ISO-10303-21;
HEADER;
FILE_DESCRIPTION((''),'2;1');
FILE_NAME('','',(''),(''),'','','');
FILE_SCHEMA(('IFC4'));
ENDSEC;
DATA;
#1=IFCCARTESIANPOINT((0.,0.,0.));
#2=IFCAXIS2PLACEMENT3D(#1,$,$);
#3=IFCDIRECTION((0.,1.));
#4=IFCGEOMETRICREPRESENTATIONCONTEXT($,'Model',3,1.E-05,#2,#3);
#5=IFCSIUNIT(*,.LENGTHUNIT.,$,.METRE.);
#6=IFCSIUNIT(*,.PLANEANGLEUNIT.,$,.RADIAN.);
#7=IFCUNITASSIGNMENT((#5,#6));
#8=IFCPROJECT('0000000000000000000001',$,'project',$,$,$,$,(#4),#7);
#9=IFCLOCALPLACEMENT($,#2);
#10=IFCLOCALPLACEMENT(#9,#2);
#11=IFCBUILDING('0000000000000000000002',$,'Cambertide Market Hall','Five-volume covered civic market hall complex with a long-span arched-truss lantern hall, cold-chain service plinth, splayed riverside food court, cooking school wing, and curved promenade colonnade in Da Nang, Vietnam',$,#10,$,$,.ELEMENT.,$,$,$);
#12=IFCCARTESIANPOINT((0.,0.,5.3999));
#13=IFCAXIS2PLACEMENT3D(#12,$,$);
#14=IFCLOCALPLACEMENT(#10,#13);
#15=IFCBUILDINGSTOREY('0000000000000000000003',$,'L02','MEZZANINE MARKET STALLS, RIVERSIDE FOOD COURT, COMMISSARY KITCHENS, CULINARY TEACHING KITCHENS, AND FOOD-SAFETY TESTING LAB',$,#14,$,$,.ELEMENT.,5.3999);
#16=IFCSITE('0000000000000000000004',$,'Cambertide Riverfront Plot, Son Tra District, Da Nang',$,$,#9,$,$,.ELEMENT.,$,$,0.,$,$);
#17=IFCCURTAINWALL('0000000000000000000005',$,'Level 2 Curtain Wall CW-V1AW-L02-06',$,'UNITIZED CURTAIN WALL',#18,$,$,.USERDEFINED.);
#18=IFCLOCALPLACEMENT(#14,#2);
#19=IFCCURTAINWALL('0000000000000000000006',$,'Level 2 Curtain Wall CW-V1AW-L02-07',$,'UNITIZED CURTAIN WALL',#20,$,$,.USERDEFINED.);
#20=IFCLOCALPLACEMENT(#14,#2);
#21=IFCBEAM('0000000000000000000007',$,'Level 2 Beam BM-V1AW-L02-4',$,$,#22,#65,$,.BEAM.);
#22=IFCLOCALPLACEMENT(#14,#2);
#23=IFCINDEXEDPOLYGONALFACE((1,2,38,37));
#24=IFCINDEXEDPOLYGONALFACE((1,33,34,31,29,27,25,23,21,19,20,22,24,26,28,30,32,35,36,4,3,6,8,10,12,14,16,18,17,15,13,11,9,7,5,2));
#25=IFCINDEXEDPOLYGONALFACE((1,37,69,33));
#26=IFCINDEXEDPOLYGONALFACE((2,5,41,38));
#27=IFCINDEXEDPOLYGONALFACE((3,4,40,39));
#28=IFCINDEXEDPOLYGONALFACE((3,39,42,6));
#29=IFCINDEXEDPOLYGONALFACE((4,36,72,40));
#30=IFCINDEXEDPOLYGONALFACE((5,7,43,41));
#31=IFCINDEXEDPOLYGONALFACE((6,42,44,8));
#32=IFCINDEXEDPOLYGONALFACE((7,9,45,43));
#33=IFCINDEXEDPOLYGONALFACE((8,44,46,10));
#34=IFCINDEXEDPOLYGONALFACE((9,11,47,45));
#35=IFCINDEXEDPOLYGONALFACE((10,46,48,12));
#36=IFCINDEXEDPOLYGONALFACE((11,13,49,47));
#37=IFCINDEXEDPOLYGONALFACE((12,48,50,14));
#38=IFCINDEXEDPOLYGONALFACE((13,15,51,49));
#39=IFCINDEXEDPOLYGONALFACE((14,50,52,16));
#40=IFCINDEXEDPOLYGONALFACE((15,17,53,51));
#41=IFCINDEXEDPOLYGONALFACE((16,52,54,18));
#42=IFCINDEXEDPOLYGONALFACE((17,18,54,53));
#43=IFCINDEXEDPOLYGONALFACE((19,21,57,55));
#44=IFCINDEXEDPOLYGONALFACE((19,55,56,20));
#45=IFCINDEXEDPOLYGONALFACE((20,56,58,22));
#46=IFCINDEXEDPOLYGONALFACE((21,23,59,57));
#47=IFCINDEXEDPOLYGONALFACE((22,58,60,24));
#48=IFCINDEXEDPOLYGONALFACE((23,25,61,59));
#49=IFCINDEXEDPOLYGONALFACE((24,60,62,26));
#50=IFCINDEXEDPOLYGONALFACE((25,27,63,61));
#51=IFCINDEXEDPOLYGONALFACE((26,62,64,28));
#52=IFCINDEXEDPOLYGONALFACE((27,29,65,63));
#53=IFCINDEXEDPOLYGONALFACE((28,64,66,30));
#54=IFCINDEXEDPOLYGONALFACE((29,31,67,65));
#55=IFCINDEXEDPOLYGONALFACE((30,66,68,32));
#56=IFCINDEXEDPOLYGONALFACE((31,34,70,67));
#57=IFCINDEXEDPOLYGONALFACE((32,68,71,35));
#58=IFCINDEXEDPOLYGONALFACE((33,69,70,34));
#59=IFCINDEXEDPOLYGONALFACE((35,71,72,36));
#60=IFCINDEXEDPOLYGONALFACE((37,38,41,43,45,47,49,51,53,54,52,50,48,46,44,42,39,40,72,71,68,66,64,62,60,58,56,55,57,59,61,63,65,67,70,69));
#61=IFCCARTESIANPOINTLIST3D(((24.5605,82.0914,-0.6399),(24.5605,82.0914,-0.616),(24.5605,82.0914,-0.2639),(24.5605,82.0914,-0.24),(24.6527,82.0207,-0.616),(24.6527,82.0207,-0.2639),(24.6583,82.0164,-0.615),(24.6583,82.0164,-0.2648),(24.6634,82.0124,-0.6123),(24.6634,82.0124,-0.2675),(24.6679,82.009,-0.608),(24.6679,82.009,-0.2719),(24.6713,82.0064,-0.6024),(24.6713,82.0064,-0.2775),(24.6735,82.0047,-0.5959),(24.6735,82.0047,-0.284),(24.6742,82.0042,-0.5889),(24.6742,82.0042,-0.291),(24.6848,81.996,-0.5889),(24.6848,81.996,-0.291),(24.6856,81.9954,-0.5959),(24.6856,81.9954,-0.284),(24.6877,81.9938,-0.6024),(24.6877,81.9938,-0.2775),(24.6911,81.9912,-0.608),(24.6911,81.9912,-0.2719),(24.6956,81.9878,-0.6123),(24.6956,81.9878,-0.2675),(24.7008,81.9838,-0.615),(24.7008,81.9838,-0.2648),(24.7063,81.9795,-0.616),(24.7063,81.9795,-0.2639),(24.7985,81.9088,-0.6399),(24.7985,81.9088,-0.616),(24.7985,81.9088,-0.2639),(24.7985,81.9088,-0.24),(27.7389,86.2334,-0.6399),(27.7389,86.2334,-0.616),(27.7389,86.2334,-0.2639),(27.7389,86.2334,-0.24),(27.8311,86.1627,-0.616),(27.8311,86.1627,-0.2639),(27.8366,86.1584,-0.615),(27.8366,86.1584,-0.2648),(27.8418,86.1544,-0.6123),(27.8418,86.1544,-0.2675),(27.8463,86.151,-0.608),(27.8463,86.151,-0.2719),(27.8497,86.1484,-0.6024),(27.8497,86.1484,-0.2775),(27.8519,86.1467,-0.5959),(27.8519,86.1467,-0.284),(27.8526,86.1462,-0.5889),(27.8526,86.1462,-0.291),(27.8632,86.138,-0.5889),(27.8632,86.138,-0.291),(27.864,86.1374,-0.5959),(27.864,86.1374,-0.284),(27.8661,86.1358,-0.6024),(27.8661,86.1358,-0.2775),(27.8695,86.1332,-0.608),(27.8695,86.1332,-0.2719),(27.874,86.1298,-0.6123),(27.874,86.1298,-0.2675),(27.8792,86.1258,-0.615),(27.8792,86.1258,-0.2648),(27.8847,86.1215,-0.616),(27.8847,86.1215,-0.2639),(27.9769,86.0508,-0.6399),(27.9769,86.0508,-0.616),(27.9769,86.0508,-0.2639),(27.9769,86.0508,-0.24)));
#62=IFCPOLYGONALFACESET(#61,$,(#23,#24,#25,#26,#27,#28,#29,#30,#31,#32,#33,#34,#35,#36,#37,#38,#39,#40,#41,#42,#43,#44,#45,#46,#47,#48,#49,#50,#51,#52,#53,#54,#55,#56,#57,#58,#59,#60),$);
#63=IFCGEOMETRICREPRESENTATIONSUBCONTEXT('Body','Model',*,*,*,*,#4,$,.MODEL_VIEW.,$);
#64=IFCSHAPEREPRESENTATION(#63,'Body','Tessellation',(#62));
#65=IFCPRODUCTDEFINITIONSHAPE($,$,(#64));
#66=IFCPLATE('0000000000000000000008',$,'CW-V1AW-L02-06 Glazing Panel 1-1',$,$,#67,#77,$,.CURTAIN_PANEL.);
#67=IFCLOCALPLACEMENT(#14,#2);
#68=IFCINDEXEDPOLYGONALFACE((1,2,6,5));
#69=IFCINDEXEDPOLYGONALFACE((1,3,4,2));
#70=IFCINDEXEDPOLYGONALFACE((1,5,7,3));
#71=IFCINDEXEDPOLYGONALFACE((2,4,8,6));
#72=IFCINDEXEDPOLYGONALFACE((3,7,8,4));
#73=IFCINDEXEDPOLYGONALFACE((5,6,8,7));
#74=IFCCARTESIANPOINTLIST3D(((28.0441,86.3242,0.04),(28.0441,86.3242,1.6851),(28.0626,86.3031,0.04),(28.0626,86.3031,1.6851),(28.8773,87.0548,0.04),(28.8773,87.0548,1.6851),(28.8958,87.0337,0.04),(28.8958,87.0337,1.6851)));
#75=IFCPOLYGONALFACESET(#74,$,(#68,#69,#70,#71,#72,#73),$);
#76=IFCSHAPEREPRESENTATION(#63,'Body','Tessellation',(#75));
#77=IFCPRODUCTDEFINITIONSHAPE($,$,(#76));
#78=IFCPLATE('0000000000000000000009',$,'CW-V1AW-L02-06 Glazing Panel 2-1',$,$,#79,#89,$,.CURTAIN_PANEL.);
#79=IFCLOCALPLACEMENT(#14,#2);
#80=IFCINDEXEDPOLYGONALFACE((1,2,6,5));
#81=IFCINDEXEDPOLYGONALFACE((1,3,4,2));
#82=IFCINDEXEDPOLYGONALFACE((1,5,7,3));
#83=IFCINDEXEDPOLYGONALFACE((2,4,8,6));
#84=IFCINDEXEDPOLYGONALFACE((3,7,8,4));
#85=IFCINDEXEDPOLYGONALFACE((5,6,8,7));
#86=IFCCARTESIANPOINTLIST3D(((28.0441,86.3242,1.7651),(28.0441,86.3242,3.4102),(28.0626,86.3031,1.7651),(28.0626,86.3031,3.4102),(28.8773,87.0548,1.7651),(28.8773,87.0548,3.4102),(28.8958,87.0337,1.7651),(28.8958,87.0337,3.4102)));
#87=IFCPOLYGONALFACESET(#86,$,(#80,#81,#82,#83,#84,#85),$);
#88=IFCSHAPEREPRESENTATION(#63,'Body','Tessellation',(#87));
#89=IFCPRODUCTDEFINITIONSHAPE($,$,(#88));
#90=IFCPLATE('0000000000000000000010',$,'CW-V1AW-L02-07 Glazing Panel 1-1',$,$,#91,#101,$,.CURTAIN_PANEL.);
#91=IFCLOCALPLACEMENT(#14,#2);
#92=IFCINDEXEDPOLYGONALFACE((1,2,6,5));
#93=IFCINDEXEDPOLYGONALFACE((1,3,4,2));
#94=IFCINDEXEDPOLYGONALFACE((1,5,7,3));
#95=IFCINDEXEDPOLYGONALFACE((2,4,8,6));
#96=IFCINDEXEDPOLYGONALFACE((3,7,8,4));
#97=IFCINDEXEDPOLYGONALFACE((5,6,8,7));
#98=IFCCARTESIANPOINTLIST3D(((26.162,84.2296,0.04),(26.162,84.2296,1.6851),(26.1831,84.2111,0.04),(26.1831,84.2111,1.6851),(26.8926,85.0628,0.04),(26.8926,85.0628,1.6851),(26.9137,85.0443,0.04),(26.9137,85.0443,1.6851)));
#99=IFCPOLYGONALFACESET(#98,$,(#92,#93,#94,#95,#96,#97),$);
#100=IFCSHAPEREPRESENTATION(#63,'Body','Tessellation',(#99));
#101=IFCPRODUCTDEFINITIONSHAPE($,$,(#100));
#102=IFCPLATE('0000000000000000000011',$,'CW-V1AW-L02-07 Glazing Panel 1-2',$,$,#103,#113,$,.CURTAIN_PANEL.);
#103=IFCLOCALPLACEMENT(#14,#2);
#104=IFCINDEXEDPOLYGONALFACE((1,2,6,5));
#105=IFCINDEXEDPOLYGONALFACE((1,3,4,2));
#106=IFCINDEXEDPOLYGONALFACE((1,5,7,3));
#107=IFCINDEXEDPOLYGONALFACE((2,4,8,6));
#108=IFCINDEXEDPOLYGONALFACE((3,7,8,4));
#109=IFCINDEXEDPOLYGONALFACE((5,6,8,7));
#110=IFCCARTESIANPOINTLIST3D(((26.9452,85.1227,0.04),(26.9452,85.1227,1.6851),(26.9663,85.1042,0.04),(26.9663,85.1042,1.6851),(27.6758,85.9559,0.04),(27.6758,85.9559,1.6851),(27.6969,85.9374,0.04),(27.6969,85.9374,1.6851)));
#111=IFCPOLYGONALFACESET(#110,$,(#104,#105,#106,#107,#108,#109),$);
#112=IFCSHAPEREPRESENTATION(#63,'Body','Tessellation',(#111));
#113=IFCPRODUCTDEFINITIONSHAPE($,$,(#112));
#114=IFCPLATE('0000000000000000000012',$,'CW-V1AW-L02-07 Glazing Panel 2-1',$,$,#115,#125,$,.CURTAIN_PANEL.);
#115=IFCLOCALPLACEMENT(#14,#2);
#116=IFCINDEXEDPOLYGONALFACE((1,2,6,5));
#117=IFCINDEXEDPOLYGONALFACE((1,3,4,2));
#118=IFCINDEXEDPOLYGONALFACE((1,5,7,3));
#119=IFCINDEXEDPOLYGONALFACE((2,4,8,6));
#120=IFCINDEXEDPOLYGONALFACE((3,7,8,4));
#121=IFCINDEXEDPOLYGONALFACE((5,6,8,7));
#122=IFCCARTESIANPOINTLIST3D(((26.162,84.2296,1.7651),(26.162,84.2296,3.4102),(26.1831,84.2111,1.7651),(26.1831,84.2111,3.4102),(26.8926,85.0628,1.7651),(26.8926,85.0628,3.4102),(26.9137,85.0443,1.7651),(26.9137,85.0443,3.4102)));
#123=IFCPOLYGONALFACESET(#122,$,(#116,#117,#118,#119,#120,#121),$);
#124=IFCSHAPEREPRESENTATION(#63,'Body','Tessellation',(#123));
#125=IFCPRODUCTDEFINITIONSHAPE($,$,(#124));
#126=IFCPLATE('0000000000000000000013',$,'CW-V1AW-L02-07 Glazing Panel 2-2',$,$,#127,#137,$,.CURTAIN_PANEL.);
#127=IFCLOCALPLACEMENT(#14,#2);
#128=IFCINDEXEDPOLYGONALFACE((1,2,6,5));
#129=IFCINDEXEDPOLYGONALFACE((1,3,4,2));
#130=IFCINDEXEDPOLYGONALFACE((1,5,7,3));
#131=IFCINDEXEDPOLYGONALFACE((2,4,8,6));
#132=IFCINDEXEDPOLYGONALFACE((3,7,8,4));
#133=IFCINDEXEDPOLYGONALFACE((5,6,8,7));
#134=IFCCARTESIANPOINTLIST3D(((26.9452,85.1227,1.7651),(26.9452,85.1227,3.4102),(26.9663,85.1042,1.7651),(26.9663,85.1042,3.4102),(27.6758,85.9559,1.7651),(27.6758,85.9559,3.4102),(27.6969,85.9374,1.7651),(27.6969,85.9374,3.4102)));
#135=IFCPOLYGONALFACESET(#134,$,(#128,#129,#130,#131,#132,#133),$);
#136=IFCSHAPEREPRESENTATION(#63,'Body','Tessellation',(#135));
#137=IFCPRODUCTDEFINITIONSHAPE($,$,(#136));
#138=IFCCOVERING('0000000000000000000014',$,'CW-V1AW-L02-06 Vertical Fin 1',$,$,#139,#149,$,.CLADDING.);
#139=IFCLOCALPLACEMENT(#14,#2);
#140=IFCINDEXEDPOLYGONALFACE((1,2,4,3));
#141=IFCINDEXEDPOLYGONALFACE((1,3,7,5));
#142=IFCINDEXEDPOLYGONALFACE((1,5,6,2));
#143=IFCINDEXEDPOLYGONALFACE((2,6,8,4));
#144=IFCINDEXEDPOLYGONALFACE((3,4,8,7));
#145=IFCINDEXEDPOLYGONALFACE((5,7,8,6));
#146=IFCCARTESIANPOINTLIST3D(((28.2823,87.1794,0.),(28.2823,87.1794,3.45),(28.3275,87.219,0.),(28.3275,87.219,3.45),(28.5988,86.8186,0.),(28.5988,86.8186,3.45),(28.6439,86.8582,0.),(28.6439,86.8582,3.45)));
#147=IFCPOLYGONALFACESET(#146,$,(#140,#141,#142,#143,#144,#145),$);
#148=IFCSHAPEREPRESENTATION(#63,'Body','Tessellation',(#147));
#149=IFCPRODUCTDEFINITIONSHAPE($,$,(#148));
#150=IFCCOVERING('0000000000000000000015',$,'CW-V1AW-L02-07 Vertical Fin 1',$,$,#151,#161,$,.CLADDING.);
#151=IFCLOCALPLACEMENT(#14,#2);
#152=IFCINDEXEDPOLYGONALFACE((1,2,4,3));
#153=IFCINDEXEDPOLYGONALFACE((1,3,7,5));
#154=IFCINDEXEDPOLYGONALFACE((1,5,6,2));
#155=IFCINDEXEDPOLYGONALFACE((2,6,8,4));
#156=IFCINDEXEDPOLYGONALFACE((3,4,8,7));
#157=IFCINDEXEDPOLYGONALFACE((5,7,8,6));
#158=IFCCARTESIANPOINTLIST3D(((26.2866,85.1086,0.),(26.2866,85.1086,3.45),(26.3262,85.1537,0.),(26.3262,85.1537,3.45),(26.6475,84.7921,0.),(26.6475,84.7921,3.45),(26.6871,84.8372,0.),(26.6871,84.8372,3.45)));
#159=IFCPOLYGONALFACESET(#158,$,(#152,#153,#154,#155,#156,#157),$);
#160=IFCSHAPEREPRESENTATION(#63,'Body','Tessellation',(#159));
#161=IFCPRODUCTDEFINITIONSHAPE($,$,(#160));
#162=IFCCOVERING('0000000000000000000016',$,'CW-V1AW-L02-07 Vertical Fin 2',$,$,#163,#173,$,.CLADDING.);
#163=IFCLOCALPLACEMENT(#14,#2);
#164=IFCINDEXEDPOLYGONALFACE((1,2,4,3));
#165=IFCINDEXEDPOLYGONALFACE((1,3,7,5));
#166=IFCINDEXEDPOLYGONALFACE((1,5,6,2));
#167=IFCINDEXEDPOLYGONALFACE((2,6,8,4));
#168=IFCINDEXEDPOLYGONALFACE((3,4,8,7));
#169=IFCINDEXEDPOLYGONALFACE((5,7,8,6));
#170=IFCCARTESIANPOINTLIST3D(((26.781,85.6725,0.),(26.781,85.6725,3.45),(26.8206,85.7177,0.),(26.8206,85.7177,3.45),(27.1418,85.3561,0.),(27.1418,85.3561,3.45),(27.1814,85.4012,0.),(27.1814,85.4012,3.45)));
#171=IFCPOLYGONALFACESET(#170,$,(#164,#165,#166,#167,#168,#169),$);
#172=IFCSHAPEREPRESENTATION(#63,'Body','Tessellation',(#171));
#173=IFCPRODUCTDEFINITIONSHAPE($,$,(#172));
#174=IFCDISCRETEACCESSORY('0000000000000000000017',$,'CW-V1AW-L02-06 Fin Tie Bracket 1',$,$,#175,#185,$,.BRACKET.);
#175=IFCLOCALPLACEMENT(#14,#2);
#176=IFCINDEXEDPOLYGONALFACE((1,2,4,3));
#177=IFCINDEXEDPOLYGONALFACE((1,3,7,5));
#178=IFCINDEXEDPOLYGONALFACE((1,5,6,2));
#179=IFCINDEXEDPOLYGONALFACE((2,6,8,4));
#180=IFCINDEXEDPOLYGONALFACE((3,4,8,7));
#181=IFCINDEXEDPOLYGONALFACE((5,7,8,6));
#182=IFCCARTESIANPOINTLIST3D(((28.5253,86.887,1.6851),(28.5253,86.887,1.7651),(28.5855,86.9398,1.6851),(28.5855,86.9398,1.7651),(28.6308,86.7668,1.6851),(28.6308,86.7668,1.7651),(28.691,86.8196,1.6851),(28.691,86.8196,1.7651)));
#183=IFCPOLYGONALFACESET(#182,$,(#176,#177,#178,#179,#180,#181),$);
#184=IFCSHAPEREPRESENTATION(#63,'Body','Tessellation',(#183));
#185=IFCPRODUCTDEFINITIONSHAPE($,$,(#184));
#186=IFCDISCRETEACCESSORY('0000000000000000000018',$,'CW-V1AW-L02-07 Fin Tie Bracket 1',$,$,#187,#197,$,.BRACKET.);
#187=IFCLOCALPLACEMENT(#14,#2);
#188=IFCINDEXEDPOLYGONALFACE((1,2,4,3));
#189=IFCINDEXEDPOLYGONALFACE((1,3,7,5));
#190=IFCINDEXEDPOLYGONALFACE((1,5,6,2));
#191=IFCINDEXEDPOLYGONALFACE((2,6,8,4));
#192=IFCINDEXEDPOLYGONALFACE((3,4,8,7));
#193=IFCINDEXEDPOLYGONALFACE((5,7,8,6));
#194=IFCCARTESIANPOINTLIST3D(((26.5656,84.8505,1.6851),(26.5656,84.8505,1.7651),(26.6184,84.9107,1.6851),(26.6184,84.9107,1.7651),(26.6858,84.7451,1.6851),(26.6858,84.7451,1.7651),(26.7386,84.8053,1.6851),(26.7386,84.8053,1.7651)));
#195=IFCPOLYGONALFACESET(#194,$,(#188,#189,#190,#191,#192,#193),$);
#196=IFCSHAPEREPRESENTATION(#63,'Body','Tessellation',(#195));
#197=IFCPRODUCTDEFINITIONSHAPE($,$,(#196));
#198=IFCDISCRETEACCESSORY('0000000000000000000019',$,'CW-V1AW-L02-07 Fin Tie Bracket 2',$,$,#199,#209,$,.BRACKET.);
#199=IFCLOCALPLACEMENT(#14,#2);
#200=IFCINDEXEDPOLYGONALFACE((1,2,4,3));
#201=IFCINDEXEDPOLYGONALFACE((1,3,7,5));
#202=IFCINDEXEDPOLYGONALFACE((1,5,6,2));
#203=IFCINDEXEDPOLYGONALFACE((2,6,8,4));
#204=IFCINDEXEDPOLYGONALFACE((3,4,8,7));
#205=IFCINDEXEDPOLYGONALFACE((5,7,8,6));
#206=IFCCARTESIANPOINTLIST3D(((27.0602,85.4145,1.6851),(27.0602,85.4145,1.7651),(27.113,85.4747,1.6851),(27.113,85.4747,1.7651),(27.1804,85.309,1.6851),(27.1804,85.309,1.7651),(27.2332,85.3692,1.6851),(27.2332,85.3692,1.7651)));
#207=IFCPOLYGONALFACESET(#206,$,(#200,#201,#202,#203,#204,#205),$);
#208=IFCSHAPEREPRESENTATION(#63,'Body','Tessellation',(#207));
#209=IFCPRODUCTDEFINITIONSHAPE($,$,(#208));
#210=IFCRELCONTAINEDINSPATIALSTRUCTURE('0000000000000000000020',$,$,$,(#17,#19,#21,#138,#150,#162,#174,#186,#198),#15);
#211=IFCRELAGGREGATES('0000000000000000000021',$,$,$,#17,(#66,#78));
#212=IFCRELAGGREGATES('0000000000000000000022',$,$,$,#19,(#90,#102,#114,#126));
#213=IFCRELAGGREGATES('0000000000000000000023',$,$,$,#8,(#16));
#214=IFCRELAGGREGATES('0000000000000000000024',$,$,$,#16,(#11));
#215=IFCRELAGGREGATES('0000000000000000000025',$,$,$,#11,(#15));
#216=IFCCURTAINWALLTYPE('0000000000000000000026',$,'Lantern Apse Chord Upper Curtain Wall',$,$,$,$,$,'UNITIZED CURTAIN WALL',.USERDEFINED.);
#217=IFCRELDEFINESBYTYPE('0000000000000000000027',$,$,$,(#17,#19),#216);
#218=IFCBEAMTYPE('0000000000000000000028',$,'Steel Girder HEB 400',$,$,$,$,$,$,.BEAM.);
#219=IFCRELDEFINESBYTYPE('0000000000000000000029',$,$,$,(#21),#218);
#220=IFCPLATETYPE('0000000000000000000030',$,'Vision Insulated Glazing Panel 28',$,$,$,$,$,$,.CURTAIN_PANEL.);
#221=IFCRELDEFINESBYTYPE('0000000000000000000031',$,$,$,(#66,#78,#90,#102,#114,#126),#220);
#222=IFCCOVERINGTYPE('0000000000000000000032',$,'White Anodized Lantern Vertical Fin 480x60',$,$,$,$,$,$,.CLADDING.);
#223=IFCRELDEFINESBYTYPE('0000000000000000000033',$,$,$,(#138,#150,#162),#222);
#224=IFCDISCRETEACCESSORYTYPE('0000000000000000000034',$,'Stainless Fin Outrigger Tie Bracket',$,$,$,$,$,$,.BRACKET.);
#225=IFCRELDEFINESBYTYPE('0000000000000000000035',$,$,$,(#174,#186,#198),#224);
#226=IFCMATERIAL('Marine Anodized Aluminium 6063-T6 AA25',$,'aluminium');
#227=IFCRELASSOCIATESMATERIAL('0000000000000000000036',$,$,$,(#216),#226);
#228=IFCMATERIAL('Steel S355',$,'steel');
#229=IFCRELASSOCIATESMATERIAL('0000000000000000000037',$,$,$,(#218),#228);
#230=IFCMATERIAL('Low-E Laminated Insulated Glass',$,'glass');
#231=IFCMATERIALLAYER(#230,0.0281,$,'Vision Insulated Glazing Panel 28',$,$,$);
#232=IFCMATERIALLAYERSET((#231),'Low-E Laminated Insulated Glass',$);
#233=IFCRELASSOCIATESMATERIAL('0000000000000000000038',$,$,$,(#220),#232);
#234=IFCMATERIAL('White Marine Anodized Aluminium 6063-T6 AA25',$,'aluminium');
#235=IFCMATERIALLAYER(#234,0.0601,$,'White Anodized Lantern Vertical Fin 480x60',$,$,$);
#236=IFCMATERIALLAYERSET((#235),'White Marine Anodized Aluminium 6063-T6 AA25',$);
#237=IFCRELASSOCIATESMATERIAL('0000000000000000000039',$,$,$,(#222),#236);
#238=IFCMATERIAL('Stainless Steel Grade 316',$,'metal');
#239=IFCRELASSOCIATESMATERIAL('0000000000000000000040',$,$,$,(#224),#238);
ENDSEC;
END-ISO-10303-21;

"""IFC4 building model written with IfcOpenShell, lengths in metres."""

from ifc_helpers import new_model, si_unit, direction, frame, origin, origin_2d, place, context, subcontext, project, spatial, rectangle, i_section, extrude, material, layer, layer_set, material_profile, profile_set, type_object, element, aggregate, save


model = new_model("IFC4")

# Units and contexts
model_context = context("Model", 3, precision=1e-05, world=origin(), true_north=direction((0.0, 1.0)))
body_context = subcontext(model_context, "Body", "Model", "MODEL_VIEW")
ifc_project = project(units=[si_unit("LENGTHUNIT", "METRE"), si_unit("PLANEANGLEUNIT", "RADIAN")], contexts=[model_context])

# Site, building, storey
site_placement = place(None, origin())
site = spatial("IfcSite", under=ifc_project, at=site_placement, Name="Cambertide Riverfront Plot, Son Tra District, Da Nang", CompositionType="ELEMENT", RefElevation=0.0)
building_placement = place(site_placement, origin())
building = spatial("IfcBuilding", under=site, at=building_placement, Name="Cambertide Market Hall", Description="Five-volume covered civic market hall complex with a long-span arched-truss lantern hall, cold-chain service plinth, splayed riverside food court, cooking school wing, and curved promenade colonnade in Da Nang, Vietnam", CompositionType="ELEMENT")
storey_placement = place(building_placement, frame((0.0, 0.0, 5.3999)))
storey = spatial("IfcBuildingStorey", under=building, at=storey_placement, Name="L02", Description="MEZZANINE MARKET STALLS, RIVERSIDE FOOD COURT, COMMISSARY KITCHENS, CULINARY TEACHING KITCHENS, AND FOOD-SAFETY TESTING LAB", CompositionType="ELEMENT", Elevation=5.3999)

# Curtain wall
ifc_material_1 = material(Name="Marine Anodized Aluminium 6063-T6 AA25", Category="aluminium")
curtain_wall_type = type_object("IfcCurtainWallType", Name="Lantern Apse Chord Upper Curtain Wall", ElementType="UNITIZED CURTAIN WALL", PredefinedType="USERDEFINED", material=ifc_material_1)
curtain_wall_1_placement = place(storey_placement, origin())
curtain_wall_1 = element("IfcCurtainWall", 1, at=curtain_wall_1_placement, inside=storey, type_object=curtain_wall_type, Name="Level 2 Curtain Wall CW-V1AW-L02-06", ObjectType="UNITIZED CURTAIN WALL", PredefinedType="USERDEFINED")

# Curtain wall
curtain_wall_2_placement = place(storey_placement, origin())
curtain_wall_2 = element("IfcCurtainWall", 2, at=curtain_wall_2_placement, inside=storey, type_object=curtain_wall_type, Name="Level 2 Curtain Wall CW-V1AW-L02-07", ObjectType="UNITIZED CURTAIN WALL", PredefinedType="USERDEFINED")

# Beam
ifc_material_2 = material(Name="Steel S355", Category="steel")
ifc_material_profile_1 = material_profile(ifc_material_2, i_section(OverallWidth=0.3, OverallDepth=0.3999, WebThickness=0.0134, FlangeThickness=0.0239, FilletRadius=0.0271, at=origin_2d()), Name="HEB 400")
ifc_profile_set_1 = profile_set([ifc_material_profile_1], Name="Steel S355")
beam_type_1 = type_object("IfcBeamType", Name="Steel Girder HEB 400", PredefinedType="BEAM", material=ifc_profile_set_1)
beam_1_placement = place(storey_placement, frame((27.8579, 86.1421, -0.4399), z_axis=(-0.608777, -0.793341, 0.0), x_axis=(0.793341, -0.608777, 0.0)))
element("IfcBeam", 3, at=beam_1_placement, inside=storey, type_object=beam_type_1, Name="Level 2 Beam BM-V1AW-L02-4", PredefinedType="BEAM", context=body_context, shape_type="SweptSolid", body=[
    extrude(i_section(OverallWidth=0.3, OverallDepth=0.3999, WebThickness=0.0134, FlangeThickness=0.0239, FilletRadius=0.0271, at=origin_2d()), origin(), (0.0, 0.0, 1.0), 5.2209),
])

# Plates
ifc_material_3 = material(Name="Low-E Laminated Insulated Glass", Category="glass")
ifc_layer_1 = layer(ifc_material_3, 0.0281, Name="Vision Insulated Glazing Panel 28")
ifc_layer_set_1 = layer_set([ifc_layer_1], Name="Low-E Laminated Insulated Glass")
plate_type = type_object("IfcPlateType", Name="Vision Insulated Glazing Panel 28", PredefinedType="CURTAIN_PANEL", material=ifc_layer_set_1)
plate_1_placement = place(storey_placement, frame((28.47, 86.679, 0.04), z_axis=(0.0, 0.0, 1.0), x_axis=(0.75184, 0.659346, 0.0)))
plate_1 = element("IfcPlate", 4, at=plate_1_placement, type_object=plate_type, Name="CW-V1AW-L02-06 Glazing Panel 1-1", PredefinedType="CURTAIN_PANEL", context=body_context, shape_type="SweptSolid", body=[
    extrude(rectangle(XDim=1.1082, YDim=0.0281, at=origin_2d()), origin(), (0.0, 0.0, 1.0), 1.645),
])
plate_2_placement = place(storey_placement, frame((28.47, 86.679, 1.7651), z_axis=(0.0, 0.0, 1.0), x_axis=(0.75184, 0.659346, 0.0)))
plate_2 = element("IfcPlate", 5, at=plate_2_placement, type_object=plate_type, Name="CW-V1AW-L02-06 Glazing Panel 2-1", PredefinedType="CURTAIN_PANEL", context=body_context, shape_type="SweptSolid", body=[
    extrude(rectangle(XDim=1.1082, YDim=0.0281, at=origin_2d()), origin(), (0.0, 0.0, 1.0), 1.645),
])
aggregate(curtain_wall_1, [plate_1, plate_2])
plate_3_placement = place(storey_placement, frame((26.5378, 84.637, 0.04), z_axis=(0.0, 0.0, 1.0), x_axis=(0.659346, 0.75184, 0.0)))
plate_3 = element("IfcPlate", 6, at=plate_3_placement, type_object=plate_type, Name="CW-V1AW-L02-07 Glazing Panel 1-1", PredefinedType="CURTAIN_PANEL", context=body_context, shape_type="SweptSolid", body=[
    extrude(rectangle(XDim=1.1082, YDim=0.0281, at=origin_2d()), origin(), (0.0, 0.0, 1.0), 1.645),
])
plate_4_placement = place(storey_placement, frame((27.321, 85.53, 0.04), z_axis=(0.0, 0.0, 1.0), x_axis=(0.659346, 0.75184, 0.0)))
plate_4 = element("IfcPlate", 7, at=plate_4_placement, type_object=plate_type, Name="CW-V1AW-L02-07 Glazing Panel 1-2", PredefinedType="CURTAIN_PANEL", context=body_context, shape_type="SweptSolid", body=[
    extrude(rectangle(XDim=1.1082, YDim=0.0281, at=origin_2d()), origin(), (0.0, 0.0, 1.0), 1.645),
])
plate_5_placement = place(storey_placement, frame((26.5378, 84.637, 1.7651), z_axis=(0.0, 0.0, 1.0), x_axis=(0.659346, 0.75184, 0.0)))
plate_5 = element("IfcPlate", 8, at=plate_5_placement, type_object=plate_type, Name="CW-V1AW-L02-07 Glazing Panel 2-1", PredefinedType="CURTAIN_PANEL", context=body_context, shape_type="SweptSolid", body=[
    extrude(rectangle(XDim=1.1082, YDim=0.0281, at=origin_2d()), origin(), (0.0, 0.0, 1.0), 1.645),
])
plate_6_placement = place(storey_placement, frame((27.321, 85.53, 1.7651), z_axis=(0.0, 0.0, 1.0), x_axis=(0.659346, 0.75184, 0.0)))
plate_6 = element("IfcPlate", 9, at=plate_6_placement, type_object=plate_type, Name="CW-V1AW-L02-07 Glazing Panel 2-2", PredefinedType="CURTAIN_PANEL", context=body_context, shape_type="SweptSolid", body=[
    extrude(rectangle(XDim=1.1082, YDim=0.0281, at=origin_2d()), origin(), (0.0, 0.0, 1.0), 1.645),
])
aggregate(curtain_wall_2, [plate_3, plate_4, plate_5, plate_6])

# Coverings
ifc_material_4 = material(Name="White Marine Anodized Aluminium 6063-T6 AA25", Category="aluminium")
ifc_layer_2 = layer(ifc_material_4, 0.0601, Name="White Anodized Lantern Vertical Fin 480x60")
ifc_layer_set_2 = layer_set([ifc_layer_2], Name="White Marine Anodized Aluminium 6063-T6 AA25")
covering_type = type_object("IfcCoveringType", Name="White Anodized Lantern Vertical Fin 480x60", PredefinedType="CLADDING", material=ifc_layer_set_2)
for number, where, z_axis, x_axis, name in (
    (10, (28.4631, 87.0188, 0.0), (0.0, 0.0, 1.0), (0.75184, 0.659346, 0.0), "CW-V1AW-L02-06 Vertical Fin 1"),
    (11, (26.4868, 84.9729, 0.0), (0.0, 0.0, 1.0), (0.659346, 0.75184, 0.0), "CW-V1AW-L02-07 Vertical Fin 1"),
    (12, (26.9812, 85.5369, 0.0), (0.0, 0.0, 1.0), (0.659346, 0.75184, 0.0), "CW-V1AW-L02-07 Vertical Fin 2"),
):
    element("IfcCovering", number, at=place(storey_placement, frame(where, z_axis=z_axis, x_axis=x_axis)), inside=storey, type_object=covering_type, Name=name, PredefinedType="CLADDING", context=body_context, shape_type="SweptSolid", body=[
        extrude(rectangle(XDim=0.0601, YDim=0.48, at=origin_2d()), origin(), (0.0, 0.0, 1.0), 3.45),
    ])

# Discrete accessories
ifc_material_5 = material(Name="Stainless Steel Grade 316", Category="metal")
discrete_accessory_type = type_object("IfcDiscreteAccessoryType", Name="Stainless Fin Outrigger Tie Bracket", PredefinedType="BRACKET", material=ifc_material_5)
for number, where, z_axis, x_axis, name in (
    (13, (28.6082, 86.8533, 1.6851), (0.0, 0.0, 1.0), (0.75184, 0.659346, 0.0), "CW-V1AW-L02-06 Fin Tie Bracket 1"),
    (14, (26.6521, 84.8279, 1.6851), (0.0, 0.0, 1.0), (0.659346, 0.75184, 0.0), "CW-V1AW-L02-07 Fin Tie Bracket 1"),
    (15, (27.1467, 85.3918, 1.6851), (0.0, 0.0, 1.0), (0.659346, 0.75184, 0.0), "CW-V1AW-L02-07 Fin Tie Bracket 2"),
):
    element("IfcDiscreteAccessory", number, at=place(storey_placement, frame(where, z_axis=z_axis, x_axis=x_axis)), inside=storey, type_object=discrete_accessory_type, Name=name, PredefinedType="BRACKET", context=body_context, shape_type="SweptSolid", body=[
        extrude(rectangle(XDim=0.0801, YDim=0.1599, at=origin_2d()), origin(), (0.0, 0.0, 1.0), 0.0801),
    ])

save(model, "model.ifc")
